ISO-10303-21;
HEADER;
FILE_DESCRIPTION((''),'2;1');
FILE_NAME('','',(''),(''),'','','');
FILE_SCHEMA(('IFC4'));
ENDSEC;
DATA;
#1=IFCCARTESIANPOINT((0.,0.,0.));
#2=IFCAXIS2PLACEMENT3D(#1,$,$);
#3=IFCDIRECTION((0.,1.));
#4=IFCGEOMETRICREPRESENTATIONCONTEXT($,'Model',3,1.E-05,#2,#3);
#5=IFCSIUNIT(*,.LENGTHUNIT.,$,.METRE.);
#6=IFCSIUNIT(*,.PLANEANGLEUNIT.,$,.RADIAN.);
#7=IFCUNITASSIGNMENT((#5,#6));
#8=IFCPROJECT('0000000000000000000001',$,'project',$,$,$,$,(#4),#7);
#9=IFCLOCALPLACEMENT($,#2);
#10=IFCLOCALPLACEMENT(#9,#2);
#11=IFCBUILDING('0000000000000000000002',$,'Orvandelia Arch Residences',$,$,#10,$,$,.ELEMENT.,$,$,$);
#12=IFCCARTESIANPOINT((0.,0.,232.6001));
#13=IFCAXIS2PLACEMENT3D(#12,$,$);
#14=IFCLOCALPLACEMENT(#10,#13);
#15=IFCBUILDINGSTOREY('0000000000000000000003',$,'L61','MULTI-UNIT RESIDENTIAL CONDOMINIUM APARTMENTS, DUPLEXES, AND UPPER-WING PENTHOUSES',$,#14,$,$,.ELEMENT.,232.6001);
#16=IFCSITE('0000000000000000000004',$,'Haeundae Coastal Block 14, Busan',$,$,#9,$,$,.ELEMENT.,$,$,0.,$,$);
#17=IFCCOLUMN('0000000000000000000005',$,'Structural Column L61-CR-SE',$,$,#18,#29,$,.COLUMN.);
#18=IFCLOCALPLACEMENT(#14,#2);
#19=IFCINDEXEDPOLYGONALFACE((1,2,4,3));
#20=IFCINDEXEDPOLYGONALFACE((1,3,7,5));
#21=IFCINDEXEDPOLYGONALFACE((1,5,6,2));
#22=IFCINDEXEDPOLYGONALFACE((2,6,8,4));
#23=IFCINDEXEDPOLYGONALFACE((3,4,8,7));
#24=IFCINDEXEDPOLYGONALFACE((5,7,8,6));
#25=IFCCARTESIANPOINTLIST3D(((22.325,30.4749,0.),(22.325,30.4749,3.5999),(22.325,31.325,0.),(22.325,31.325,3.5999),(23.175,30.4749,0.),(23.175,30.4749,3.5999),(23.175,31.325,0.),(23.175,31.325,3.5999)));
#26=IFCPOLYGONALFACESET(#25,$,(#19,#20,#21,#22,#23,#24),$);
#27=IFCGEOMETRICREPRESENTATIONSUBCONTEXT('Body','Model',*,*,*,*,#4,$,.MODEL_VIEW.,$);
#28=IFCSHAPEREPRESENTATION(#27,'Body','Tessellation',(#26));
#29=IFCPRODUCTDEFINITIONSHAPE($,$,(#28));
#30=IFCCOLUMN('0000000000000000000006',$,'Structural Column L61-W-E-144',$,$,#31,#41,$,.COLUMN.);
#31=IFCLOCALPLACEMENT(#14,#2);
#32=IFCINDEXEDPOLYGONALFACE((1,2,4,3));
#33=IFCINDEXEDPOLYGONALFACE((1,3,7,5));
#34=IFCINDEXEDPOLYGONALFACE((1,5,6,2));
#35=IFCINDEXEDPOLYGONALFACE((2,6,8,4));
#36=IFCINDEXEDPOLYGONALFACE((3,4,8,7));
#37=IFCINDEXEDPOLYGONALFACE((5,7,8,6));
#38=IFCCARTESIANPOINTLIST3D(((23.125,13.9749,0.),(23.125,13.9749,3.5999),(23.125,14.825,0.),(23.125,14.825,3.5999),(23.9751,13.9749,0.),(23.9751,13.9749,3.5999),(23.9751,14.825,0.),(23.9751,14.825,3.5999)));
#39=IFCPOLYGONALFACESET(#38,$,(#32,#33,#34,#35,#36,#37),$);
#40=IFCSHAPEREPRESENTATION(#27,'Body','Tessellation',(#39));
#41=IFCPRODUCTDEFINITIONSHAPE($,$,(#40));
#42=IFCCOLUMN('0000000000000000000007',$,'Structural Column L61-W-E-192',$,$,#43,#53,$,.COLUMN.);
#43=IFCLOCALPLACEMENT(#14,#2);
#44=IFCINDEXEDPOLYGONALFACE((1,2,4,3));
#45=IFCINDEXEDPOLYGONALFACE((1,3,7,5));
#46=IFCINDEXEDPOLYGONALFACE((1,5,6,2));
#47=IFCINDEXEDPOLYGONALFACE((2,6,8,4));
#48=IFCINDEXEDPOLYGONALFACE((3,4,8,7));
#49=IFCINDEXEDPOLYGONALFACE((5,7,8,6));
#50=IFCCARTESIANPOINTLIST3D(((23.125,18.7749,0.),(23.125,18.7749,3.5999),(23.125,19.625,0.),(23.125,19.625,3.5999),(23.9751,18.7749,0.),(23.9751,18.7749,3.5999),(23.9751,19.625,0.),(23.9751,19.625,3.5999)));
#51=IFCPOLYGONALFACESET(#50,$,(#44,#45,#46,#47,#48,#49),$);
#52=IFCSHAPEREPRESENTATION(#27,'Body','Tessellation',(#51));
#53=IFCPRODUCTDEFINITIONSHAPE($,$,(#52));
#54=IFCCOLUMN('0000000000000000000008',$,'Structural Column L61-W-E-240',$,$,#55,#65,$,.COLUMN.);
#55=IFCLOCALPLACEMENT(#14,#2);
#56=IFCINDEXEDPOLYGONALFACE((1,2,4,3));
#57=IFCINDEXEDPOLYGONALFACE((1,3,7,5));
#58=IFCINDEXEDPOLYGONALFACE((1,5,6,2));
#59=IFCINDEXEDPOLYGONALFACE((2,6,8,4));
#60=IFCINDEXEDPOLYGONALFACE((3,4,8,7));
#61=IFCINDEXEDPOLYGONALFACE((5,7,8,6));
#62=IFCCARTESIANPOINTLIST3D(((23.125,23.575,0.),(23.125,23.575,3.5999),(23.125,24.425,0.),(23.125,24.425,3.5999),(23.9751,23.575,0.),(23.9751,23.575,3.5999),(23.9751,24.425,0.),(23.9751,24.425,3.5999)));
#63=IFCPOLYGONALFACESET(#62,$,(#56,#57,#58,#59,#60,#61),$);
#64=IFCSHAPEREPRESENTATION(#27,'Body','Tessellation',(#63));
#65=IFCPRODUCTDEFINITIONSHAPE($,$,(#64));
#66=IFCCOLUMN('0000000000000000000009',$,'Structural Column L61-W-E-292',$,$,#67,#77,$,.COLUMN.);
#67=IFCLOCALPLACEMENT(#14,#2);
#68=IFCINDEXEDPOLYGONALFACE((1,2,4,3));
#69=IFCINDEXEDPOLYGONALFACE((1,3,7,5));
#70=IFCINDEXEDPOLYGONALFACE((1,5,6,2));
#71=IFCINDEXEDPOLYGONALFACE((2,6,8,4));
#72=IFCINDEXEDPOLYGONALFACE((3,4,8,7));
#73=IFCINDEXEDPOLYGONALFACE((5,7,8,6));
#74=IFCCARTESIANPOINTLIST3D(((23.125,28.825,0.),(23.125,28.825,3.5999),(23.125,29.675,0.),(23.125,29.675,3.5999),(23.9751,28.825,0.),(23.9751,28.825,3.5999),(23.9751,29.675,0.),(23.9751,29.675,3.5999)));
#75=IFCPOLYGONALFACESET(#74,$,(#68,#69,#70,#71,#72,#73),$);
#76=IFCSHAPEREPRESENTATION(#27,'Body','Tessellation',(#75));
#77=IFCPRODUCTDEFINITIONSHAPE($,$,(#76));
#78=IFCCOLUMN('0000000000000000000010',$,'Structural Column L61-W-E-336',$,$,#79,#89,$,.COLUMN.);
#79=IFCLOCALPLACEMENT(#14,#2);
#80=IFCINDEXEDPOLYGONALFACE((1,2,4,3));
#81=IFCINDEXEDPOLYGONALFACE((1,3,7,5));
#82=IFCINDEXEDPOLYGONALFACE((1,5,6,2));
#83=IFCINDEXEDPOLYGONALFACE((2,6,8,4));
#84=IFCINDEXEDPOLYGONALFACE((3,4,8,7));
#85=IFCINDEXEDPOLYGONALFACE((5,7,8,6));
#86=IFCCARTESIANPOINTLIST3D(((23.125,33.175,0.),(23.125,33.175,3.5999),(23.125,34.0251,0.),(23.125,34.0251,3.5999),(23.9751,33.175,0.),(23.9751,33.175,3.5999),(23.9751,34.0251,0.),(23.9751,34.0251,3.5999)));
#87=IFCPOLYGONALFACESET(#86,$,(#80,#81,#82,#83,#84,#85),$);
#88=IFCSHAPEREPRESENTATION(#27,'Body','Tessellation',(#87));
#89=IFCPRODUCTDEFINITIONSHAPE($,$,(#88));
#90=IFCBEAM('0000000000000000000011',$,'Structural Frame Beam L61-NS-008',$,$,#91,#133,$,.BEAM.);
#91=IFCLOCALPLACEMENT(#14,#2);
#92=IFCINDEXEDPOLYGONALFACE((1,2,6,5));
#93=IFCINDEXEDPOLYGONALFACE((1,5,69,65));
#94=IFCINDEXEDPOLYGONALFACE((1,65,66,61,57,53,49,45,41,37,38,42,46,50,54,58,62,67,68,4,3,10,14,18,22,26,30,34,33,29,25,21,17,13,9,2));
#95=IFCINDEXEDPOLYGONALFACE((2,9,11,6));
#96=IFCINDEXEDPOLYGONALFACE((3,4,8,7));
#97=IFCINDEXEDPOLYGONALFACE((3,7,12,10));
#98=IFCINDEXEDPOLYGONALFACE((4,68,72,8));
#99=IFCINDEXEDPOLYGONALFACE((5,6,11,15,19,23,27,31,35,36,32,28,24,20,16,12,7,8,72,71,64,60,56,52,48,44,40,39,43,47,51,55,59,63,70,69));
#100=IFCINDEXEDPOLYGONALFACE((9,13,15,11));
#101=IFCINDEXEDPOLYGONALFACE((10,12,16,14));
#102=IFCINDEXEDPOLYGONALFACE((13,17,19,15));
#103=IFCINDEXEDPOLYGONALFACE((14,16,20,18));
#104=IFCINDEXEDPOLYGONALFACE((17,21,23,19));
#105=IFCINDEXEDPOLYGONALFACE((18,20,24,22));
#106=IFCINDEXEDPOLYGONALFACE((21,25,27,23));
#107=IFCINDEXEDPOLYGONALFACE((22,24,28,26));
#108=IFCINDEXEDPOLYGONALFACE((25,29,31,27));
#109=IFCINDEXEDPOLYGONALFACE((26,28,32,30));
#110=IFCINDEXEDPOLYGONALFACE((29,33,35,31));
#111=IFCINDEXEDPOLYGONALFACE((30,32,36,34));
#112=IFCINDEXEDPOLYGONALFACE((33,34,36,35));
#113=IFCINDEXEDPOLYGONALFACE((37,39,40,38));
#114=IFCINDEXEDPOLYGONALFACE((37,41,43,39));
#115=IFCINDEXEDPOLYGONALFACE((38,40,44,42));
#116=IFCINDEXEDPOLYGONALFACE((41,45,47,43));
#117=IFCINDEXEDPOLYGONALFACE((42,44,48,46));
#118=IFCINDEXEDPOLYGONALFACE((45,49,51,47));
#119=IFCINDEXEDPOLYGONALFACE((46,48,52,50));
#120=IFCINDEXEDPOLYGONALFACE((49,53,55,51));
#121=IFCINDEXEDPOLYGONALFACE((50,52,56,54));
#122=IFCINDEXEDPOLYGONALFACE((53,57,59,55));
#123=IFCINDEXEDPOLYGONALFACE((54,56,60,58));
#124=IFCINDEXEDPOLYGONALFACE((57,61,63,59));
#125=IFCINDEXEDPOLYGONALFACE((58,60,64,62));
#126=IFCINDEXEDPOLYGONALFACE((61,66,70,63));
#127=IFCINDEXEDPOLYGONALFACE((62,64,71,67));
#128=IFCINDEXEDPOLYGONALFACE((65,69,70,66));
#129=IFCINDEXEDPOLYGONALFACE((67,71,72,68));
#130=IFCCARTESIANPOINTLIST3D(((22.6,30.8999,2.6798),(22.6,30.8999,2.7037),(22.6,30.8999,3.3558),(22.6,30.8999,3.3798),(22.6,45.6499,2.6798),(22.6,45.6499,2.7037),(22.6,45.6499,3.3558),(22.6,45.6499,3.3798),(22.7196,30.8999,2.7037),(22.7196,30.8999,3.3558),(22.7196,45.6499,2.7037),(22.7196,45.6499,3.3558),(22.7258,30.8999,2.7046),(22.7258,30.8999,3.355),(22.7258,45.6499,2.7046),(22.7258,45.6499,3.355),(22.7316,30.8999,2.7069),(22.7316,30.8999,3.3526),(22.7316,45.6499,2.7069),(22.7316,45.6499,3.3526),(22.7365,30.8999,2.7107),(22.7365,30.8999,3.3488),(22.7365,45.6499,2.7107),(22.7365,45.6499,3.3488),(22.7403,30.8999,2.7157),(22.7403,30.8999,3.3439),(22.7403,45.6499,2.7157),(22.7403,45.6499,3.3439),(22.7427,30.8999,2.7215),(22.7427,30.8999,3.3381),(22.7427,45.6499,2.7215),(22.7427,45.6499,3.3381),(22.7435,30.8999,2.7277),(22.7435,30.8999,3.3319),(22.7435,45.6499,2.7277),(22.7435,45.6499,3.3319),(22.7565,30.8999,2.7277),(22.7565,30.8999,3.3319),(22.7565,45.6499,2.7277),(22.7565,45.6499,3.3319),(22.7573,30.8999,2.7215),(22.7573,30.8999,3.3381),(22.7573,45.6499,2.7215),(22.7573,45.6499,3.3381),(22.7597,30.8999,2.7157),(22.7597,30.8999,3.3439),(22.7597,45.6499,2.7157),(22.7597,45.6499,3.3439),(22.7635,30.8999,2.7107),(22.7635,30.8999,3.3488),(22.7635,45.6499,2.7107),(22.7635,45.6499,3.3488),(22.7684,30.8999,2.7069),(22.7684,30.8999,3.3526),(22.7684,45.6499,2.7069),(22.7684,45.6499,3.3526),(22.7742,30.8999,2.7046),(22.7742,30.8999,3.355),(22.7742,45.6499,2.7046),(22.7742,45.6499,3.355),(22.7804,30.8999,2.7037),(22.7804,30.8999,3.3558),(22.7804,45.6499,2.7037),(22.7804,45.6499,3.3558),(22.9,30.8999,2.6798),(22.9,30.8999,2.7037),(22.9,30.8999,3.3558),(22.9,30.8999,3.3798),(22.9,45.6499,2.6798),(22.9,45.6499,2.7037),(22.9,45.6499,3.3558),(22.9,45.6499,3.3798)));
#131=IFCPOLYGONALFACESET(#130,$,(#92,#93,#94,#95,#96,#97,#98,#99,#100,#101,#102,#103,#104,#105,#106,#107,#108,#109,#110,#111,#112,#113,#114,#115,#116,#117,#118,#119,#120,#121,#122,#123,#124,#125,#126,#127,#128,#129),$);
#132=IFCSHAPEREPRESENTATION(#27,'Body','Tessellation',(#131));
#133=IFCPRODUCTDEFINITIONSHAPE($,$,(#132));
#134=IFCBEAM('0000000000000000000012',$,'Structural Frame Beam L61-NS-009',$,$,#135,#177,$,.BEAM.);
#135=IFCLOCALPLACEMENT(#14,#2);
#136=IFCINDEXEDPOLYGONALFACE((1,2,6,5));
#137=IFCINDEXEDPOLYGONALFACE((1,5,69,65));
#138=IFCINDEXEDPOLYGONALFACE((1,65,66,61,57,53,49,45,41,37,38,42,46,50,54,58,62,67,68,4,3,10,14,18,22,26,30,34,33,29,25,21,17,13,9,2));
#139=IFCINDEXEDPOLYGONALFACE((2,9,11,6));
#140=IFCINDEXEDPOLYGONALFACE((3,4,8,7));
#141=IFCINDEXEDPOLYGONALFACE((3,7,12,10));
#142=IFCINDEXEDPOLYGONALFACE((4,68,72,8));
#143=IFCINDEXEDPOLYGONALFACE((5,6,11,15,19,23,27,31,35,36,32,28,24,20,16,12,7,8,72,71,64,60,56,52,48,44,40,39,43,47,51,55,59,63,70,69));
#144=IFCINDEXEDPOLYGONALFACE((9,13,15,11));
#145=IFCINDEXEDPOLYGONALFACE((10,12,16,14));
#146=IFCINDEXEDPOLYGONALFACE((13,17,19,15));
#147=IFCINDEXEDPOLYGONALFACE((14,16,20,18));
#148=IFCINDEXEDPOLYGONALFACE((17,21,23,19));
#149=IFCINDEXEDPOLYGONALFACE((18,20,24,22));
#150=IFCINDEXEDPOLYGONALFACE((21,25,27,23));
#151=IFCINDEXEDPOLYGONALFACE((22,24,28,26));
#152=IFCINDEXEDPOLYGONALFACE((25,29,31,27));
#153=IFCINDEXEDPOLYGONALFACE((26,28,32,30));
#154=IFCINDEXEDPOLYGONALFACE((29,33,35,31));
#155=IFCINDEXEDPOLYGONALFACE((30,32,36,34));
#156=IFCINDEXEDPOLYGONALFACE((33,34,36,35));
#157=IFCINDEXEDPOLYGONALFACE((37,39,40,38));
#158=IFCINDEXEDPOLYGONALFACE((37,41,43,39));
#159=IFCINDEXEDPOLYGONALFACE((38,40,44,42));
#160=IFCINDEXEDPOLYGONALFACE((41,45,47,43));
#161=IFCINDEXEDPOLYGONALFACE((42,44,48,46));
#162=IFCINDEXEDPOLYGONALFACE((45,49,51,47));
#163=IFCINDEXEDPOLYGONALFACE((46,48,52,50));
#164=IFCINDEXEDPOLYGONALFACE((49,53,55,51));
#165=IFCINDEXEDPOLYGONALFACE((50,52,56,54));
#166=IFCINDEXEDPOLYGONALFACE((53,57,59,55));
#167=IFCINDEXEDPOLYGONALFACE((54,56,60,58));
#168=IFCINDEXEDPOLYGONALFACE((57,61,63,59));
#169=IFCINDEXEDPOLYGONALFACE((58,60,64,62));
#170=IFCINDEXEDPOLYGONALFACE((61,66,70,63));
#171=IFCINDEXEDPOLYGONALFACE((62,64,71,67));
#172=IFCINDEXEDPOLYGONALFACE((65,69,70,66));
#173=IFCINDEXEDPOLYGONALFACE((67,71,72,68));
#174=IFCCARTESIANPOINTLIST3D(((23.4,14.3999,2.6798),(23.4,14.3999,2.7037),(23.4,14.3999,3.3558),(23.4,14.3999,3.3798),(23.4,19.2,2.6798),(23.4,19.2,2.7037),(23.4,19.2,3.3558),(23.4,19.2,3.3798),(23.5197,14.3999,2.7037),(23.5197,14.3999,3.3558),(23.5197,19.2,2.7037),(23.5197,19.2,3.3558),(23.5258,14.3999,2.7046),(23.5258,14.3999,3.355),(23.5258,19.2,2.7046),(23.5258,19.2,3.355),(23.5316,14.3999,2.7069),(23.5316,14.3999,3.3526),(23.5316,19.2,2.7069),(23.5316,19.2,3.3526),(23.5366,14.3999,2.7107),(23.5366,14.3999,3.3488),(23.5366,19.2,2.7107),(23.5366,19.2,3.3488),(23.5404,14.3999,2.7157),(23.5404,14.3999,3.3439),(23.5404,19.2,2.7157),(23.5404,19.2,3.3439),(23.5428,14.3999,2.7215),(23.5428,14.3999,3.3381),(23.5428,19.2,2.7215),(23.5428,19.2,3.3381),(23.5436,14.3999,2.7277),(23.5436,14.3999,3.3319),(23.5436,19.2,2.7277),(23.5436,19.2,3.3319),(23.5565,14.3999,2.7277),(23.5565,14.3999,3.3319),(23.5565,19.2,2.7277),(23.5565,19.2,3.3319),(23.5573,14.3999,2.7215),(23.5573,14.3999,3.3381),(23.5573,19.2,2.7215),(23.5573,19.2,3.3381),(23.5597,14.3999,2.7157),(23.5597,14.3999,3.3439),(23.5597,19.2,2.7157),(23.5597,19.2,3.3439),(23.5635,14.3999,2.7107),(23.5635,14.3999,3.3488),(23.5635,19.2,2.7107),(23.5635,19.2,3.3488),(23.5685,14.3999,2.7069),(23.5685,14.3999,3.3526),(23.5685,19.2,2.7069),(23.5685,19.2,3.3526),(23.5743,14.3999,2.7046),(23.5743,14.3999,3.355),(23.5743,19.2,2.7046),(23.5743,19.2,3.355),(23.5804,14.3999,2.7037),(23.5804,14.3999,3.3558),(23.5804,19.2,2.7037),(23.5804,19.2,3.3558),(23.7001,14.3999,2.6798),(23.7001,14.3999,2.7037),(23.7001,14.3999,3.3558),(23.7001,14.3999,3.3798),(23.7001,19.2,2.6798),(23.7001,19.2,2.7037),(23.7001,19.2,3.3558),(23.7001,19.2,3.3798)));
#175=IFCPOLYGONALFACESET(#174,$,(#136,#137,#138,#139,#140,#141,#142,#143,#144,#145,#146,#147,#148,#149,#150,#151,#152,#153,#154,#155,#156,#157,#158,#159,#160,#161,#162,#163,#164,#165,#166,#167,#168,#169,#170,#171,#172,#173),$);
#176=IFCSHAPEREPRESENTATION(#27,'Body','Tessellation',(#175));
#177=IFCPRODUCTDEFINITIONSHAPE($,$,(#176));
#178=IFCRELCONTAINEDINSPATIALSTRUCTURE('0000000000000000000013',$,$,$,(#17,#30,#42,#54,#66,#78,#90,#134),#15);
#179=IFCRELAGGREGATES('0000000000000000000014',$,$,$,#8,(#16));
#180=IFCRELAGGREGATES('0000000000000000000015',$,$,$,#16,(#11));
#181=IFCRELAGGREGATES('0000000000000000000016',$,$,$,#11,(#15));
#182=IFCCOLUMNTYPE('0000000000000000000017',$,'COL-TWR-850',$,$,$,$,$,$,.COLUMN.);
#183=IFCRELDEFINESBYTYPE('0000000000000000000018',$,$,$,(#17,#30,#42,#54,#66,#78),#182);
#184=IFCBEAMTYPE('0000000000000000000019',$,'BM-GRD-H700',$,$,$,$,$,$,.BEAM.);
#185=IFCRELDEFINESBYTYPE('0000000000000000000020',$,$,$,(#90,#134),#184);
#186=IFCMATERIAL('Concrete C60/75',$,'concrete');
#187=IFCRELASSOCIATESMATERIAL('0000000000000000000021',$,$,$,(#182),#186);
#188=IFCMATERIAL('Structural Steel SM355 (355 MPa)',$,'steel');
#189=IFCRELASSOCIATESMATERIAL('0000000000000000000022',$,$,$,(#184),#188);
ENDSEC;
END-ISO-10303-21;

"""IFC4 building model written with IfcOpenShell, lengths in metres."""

from ifc_helpers import new_model, si_unit, direction, frame, origin, origin_2d, place, context, subcontext, project, spatial, rectangle, i_section, extrude, material, material_profile, profile_set, type_object, element, save


model = new_model("IFC4")

# Units and contexts
model_context = context("Model", 3, precision=1e-05, world=origin(), true_north=direction((0.0, 1.0)))
body_context = subcontext(model_context, "Body", "Model", "MODEL_VIEW")
ifc_project = project(units=[si_unit("LENGTHUNIT", "METRE"), si_unit("PLANEANGLEUNIT", "RADIAN")], contexts=[model_context])

# Site, building, storey
site_placement = place(None, origin())
site = spatial("IfcSite", under=ifc_project, at=site_placement, Name="Haeundae Coastal Block 14, Busan", CompositionType="ELEMENT", RefElevation=0.0)
building_placement = place(site_placement, origin())
building = spatial("IfcBuilding", under=site, at=building_placement, Name="Orvandelia Arch Residences", CompositionType="ELEMENT")
storey_placement = place(building_placement, frame((0.0, 0.0, 232.6001)))
storey = spatial("IfcBuildingStorey", under=building, at=storey_placement, Name="L61", Description="MULTI-UNIT RESIDENTIAL CONDOMINIUM APARTMENTS, DUPLEXES, AND UPPER-WING PENTHOUSES", CompositionType="ELEMENT", Elevation=232.6001)

# Columns
ifc_material_1 = material(Name="Concrete C60/75", Category="concrete")
ifc_material_profile_1 = material_profile(ifc_material_1, rectangle(XDim=0.8501, YDim=0.8501, at=origin_2d()), Name="Concrete C60/75", Category="concrete")
ifc_profile_set_1 = profile_set([ifc_material_profile_1], Name="Concrete C60/75")
column_type = type_object("IfcColumnType", Name="COL-TWR-850", PredefinedType="COLUMN", material=ifc_profile_set_1)
for number, where, z_axis, x_axis, name in (
    (1, (22.75, 30.8999, 0.0), (0.0, 0.0, 1.0), (1.0, 0.0, 0.0), "Structural Column L61-CR-SE"),
    (2, (23.55, 14.3999, 0.0), (0.0, 0.0, 1.0), (1.0, 0.0, 0.0), "Structural Column L61-W-E-144"),
    (3, (23.55, 19.2, 0.0), (0.0, 0.0, 1.0), (1.0, 0.0, 0.0), "Structural Column L61-W-E-192"),
    (4, (23.55, 24.0, 0.0), (0.0, 0.0, 1.0), (1.0, 0.0, 0.0), "Structural Column L61-W-E-240"),
    (5, (23.55, 29.25, 0.0), (0.0, 0.0, 1.0), (1.0, 0.0, 0.0), "Structural Column L61-W-E-292"),
    (6, (23.55, 33.6001, 0.0), (0.0, 0.0, 1.0), (1.0, 0.0, 0.0), "Structural Column L61-W-E-336"),
):
    element("IfcColumn", number, at=place(storey_placement, frame(where, z_axis=z_axis, x_axis=x_axis)), inside=storey, type_object=column_type, Name=name, PredefinedType="COLUMN", context=body_context, shape_type="SweptSolid", body=[
        extrude(rectangle(XDim=0.8501, YDim=0.8501, at=origin_2d()), origin(), (0.0, 0.0, 1.0), 3.5999),
    ])

# Beams
ifc_material_2 = material(Name="Structural Steel SM355 (355 MPa)", Category="steel")
ifc_material_profile_2 = material_profile(ifc_material_2, i_section(OverallWidth=0.3, OverallDepth=0.7, WebThickness=0.0129, FlangeThickness=0.0239, FilletRadius=0.0239, at=origin_2d()), Name="Structural Steel SM355 (355 MPa)", Category="steel")
ifc_profile_set_2 = profile_set([ifc_material_profile_2], Name="Structural Steel SM355 (355 MPa)")
beam_type = type_object("IfcBeamType", Name="BM-GRD-H700", PredefinedType="BEAM", material=ifc_profile_set_2)
beam_1_placement = place(storey_placement, frame((22.75, 30.8999, 3.0298), z_axis=(0.0, 1.0, 0.0), x_axis=(-1.0, 0.0, 0.0)))
element("IfcBeam", 7, at=beam_1_placement, inside=storey, type_object=beam_type, Name="Structural Frame Beam L61-NS-008", PredefinedType="BEAM", context=body_context, shape_type="SweptSolid", body=[
    extrude(i_section(OverallWidth=0.3, OverallDepth=0.7, WebThickness=0.0129, FlangeThickness=0.0239, FilletRadius=0.0239, at=origin_2d()), origin(), (0.0, 0.0, 1.0), 14.75),
])
for number, where, z_axis, x_axis, name in (
    (8, (23.55, 14.3999, 3.0298), (0.0, 1.0, 0.0), (-1.0, 0.0, 0.0), "Structural Frame Beam L61-NS-009"),
):
    element("IfcBeam", number, at=place(storey_placement, frame(where, z_axis=z_axis, x_axis=x_axis)), inside=storey, type_object=beam_type, Name=name, PredefinedType="BEAM", context=body_context, shape_type="SweptSolid", body=[
        extrude(i_section(OverallWidth=0.3, OverallDepth=0.7, WebThickness=0.0129, FlangeThickness=0.0239, FilletRadius=0.0239, at=origin_2d()), origin(), (0.0, 0.0, 1.0), 4.8),
    ])

save(model, "model.ifc")
